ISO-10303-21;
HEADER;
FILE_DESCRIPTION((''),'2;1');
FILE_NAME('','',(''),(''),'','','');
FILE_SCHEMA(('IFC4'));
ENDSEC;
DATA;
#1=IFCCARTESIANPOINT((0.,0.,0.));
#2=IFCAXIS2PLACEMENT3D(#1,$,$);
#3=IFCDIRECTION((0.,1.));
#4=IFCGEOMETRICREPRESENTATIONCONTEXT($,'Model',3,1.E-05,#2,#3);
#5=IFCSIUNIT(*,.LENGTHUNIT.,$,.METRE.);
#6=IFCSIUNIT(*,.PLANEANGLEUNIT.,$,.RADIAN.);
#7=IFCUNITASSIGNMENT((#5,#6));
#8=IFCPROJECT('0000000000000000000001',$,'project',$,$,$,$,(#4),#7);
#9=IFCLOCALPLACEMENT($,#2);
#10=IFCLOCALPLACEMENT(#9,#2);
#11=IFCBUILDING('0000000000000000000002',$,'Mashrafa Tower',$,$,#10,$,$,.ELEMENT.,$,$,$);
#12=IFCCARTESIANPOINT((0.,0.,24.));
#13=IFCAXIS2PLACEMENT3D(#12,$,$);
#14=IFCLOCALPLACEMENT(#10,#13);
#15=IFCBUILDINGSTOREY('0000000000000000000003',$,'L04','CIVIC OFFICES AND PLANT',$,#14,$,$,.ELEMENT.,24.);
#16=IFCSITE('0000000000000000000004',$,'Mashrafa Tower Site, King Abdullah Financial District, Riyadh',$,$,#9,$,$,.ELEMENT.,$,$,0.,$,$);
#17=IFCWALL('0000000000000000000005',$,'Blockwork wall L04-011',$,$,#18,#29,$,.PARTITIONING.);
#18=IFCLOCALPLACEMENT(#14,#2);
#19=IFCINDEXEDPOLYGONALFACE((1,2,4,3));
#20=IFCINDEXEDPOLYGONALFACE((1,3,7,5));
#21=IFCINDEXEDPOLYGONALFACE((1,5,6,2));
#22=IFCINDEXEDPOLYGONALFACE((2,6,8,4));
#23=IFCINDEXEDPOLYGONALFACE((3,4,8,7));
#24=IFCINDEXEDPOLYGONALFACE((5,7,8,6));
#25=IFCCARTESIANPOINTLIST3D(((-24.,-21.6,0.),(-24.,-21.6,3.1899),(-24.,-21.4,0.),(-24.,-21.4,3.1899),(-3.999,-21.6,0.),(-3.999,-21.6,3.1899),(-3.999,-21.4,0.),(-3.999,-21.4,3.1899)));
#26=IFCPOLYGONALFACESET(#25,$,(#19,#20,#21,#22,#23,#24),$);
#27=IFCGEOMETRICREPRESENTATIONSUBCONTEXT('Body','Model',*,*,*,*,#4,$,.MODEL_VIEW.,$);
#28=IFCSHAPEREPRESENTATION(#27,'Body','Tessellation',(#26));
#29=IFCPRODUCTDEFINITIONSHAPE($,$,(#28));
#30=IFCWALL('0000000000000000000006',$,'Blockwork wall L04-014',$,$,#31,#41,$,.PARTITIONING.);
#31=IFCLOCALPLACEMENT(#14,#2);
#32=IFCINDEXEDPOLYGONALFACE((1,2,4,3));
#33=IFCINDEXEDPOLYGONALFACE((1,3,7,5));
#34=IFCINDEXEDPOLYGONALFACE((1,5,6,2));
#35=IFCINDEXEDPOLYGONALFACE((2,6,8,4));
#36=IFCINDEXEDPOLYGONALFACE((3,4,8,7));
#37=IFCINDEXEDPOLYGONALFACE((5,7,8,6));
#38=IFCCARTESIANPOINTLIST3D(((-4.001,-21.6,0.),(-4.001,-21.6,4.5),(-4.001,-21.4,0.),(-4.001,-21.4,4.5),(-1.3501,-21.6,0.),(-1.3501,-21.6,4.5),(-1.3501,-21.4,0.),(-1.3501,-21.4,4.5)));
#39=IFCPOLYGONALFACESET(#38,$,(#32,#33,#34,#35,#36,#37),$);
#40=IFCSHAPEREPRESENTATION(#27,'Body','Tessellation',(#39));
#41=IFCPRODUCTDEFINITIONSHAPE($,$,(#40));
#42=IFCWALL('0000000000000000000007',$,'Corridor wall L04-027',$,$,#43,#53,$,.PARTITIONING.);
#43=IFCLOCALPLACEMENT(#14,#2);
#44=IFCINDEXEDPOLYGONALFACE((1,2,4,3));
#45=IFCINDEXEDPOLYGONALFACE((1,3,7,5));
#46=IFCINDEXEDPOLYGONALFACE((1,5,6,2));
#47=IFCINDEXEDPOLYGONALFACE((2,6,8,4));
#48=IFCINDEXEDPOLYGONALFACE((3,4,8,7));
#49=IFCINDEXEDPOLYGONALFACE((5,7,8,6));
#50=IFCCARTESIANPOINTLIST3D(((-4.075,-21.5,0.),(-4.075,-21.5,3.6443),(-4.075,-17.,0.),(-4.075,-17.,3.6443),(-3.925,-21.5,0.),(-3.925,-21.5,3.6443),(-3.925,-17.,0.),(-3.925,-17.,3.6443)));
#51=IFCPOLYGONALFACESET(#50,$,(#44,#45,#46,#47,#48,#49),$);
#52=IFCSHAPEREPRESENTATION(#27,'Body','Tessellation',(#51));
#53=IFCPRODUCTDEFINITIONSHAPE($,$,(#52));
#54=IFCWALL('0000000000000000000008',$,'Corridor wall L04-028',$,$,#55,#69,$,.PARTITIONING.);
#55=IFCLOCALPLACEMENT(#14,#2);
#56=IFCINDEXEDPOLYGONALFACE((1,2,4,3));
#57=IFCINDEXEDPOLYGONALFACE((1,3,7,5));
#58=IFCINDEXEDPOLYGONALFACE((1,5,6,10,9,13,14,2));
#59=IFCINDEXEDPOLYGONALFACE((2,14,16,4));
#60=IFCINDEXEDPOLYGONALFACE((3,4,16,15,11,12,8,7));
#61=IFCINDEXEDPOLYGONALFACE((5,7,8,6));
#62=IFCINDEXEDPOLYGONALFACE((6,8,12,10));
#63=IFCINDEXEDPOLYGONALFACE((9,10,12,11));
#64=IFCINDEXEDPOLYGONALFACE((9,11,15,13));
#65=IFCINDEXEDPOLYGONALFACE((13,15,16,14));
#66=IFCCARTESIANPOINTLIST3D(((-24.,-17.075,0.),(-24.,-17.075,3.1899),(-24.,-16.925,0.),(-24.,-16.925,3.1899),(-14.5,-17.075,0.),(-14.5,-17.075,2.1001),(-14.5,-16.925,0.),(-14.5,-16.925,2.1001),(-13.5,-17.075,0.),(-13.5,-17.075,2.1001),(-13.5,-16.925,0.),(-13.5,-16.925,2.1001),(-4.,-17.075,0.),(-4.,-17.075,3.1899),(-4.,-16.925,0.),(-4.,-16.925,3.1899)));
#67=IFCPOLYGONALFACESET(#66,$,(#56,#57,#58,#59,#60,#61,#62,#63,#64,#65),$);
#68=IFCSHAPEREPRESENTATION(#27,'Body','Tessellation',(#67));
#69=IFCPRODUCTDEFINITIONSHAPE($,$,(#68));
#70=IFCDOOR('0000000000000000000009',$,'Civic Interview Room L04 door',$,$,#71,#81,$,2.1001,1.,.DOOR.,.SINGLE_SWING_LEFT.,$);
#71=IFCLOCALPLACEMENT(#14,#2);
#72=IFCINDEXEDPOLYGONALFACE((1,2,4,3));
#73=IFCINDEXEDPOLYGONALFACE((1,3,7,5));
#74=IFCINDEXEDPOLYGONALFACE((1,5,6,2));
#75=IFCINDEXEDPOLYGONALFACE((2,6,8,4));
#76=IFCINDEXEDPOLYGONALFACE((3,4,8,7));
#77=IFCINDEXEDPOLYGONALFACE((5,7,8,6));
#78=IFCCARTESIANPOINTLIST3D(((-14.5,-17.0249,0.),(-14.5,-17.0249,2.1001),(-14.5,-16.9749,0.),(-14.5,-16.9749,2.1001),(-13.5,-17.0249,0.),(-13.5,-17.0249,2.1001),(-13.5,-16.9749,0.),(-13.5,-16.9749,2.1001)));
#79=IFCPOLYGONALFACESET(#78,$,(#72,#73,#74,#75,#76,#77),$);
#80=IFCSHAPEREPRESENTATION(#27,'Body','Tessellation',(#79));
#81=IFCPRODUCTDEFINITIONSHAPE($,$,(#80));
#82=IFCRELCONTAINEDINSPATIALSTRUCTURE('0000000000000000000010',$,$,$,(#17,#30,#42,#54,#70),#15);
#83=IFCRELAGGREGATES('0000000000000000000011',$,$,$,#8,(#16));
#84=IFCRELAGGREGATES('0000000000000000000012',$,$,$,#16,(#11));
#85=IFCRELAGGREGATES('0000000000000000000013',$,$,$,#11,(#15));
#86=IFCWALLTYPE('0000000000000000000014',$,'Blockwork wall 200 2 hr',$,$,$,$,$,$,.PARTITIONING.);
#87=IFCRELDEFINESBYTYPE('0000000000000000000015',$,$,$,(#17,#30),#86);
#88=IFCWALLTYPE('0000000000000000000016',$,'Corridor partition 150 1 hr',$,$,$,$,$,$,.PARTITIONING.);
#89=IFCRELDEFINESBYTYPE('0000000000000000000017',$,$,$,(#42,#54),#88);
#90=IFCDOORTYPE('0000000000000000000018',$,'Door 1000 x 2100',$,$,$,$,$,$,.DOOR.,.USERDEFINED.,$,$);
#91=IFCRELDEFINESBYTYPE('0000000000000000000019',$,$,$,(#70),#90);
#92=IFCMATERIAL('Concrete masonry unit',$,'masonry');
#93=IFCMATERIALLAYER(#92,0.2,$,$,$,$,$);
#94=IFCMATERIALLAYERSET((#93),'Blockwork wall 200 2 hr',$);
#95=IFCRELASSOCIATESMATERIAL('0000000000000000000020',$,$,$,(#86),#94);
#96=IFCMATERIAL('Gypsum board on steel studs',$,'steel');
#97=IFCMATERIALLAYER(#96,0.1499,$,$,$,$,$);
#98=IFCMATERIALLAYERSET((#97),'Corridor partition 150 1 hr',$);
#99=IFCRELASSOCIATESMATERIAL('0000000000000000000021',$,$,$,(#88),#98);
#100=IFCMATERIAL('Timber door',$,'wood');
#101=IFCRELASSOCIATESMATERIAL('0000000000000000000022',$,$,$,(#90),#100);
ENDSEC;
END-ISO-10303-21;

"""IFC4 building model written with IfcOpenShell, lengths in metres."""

from ifc_helpers import new_model, si_unit, direction, frame, frame_2d, origin, place, context, subcontext, project, spatial, rectangle, extrude, material, layer, layer_set, type_object, element, fill, save


model = new_model("IFC4")

# Units and contexts
model_context = context("Model", 3, precision=1e-05, world=origin(), true_north=direction((0.0, 1.0)))
body_context = subcontext(model_context, "Body", "Model", "MODEL_VIEW")
ifc_project = project(units=[si_unit("LENGTHUNIT", "METRE"), si_unit("PLANEANGLEUNIT", "RADIAN")], contexts=[model_context])

# Site, building, storey
site_placement = place(None, origin())
site = spatial("IfcSite", under=ifc_project, at=site_placement, Name="Mashrafa Tower Site, King Abdullah Financial District, Riyadh", CompositionType="ELEMENT", RefElevation=0.0)
building_placement = place(site_placement, origin())
building = spatial("IfcBuilding", under=site, at=building_placement, Name="Mashrafa Tower", CompositionType="ELEMENT")
storey_placement = place(building_placement, frame((0.0, 0.0, 24.0)))
storey = spatial("IfcBuildingStorey", under=building, at=storey_placement, Name="L04", Description="CIVIC OFFICES AND PLANT", CompositionType="ELEMENT", Elevation=24.0)

# Walls
ifc_material_1 = material(Name="Concrete masonry unit", Category="masonry")
ifc_layer_1 = layer(ifc_material_1, 0.2)
ifc_layer_set_1 = layer_set([ifc_layer_1], Name="Blockwork wall 200 2 hr")
wall_type_1 = type_object("IfcWallType", Name="Blockwork wall 200 2 hr", PredefinedType="PARTITIONING", material=ifc_layer_set_1)
wall_1_placement = place(storey_placement, frame((-3.999, -21.5, 0.0), z_axis=(0.0, 0.0, 1.0), x_axis=(-1.0, 0.0, 0.0)))
element("IfcWall", 1, at=wall_1_placement, inside=storey, type_object=wall_type_1, Name="Blockwork wall L04-011", PredefinedType="PARTITIONING", context=body_context, shape_type="SweptSolid", body=[
    extrude(rectangle(XDim=20.001, YDim=0.2, at=frame_2d((10.0005, 0.0))), origin(), (0.0, 0.0, 1.0), 3.1899),
])
wall_2_placement = place(storey_placement, frame((-1.3501, -21.5, 0.0), z_axis=(0.0, 0.0, 1.0), x_axis=(-1.0, 0.0, 0.0)))
element("IfcWall", 2, at=wall_2_placement, inside=storey, type_object=wall_type_1, Name="Blockwork wall L04-014", PredefinedType="PARTITIONING", context=body_context, shape_type="SweptSolid", body=[
    extrude(rectangle(XDim=2.6509, YDim=0.2, at=frame_2d((1.3254, 0.0))), origin(), (0.0, 0.0, 1.0), 4.5),
])
ifc_material_2 = material(Name="Gypsum board on steel studs", Category="steel")
ifc_layer_2 = layer(ifc_material_2, 0.1499)
ifc_layer_set_2 = layer_set([ifc_layer_2], Name="Corridor partition 150 1 hr")
wall_type_2 = type_object("IfcWallType", Name="Corridor partition 150 1 hr", PredefinedType="PARTITIONING", material=ifc_layer_set_2)
wall_3_placement = place(storey_placement, frame((-4.0, -21.5, 0.0), z_axis=(0.0, 0.0, 1.0), x_axis=(0.0, 1.0, 0.0)))
element("IfcWall", 3, at=wall_3_placement, inside=storey, type_object=wall_type_2, Name="Corridor wall L04-027", PredefinedType="PARTITIONING", context=body_context, shape_type="SweptSolid", body=[
    extrude(rectangle(XDim=4.5, YDim=0.1499, at=frame_2d((2.25, 0.0))), origin(), (0.0, 0.0, 1.0), 3.6443),
])

# Wall, opening, door
wall_4_placement = place(storey_placement, frame((-4.0, -17.0, 0.0), z_axis=(0.0, 0.0, 1.0), x_axis=(-1.0, 0.0, 0.0)))
wall_4 = element("IfcWall", 4, at=wall_4_placement, inside=storey, type_object=wall_type_2, Name="Corridor wall L04-028", PredefinedType="PARTITIONING", context=body_context, shape_type="SweptSolid", body=[
    extrude(rectangle(XDim=20.0, YDim=0.1499, at=frame_2d((10.0, 0.0))), origin(), (0.0, 0.0, 1.0), 3.1899),
])
opening_placement = place(wall_4_placement, frame((9.5, 0.0, 0.0)))
opening = element("IfcOpeningElement", 5, at=opening_placement, cuts=wall_4, PredefinedType="OPENING", context=body_context, shape_type="SweptSolid", body=[
    extrude(rectangle(XDim=1.0, YDim=2.1001, at=frame_2d((0.5, 1.05))), frame((0.0, 0.085, 0.0), z_axis=(0.0, -1.0, 0.0), x_axis=(1.0, 0.0, 0.0)), (0.0, 0.0, 1.0), 0.1699),
])
ifc_material_3 = material(Name="Timber door", Category="wood")
door_type = type_object("IfcDoorType", Name="Door 1000 x 2100", OperationType="USERDEFINED", PredefinedType="DOOR", material=ifc_material_3)
door_placement = place(opening_placement, origin())
door = element("IfcDoor", 6, at=door_placement, inside=storey, type_object=door_type, Name="Civic Interview Room L04 door", OperationType="SINGLE_SWING_LEFT", OverallHeight=2.1001, OverallWidth=1.0, PredefinedType="DOOR", context=body_context, shape_type="SweptSolid", body=[
    extrude(rectangle(XDim=1.0, YDim=2.1001, at=frame_2d((0.5, 1.05))), frame((0.0, 0.0249, 0.0), z_axis=(0.0, -1.0, 0.0), x_axis=(1.0, 0.0, 0.0)), (0.0, 0.0, 1.0), 0.05),
])
fill(opening, door)

save(model, "model.ifc")
